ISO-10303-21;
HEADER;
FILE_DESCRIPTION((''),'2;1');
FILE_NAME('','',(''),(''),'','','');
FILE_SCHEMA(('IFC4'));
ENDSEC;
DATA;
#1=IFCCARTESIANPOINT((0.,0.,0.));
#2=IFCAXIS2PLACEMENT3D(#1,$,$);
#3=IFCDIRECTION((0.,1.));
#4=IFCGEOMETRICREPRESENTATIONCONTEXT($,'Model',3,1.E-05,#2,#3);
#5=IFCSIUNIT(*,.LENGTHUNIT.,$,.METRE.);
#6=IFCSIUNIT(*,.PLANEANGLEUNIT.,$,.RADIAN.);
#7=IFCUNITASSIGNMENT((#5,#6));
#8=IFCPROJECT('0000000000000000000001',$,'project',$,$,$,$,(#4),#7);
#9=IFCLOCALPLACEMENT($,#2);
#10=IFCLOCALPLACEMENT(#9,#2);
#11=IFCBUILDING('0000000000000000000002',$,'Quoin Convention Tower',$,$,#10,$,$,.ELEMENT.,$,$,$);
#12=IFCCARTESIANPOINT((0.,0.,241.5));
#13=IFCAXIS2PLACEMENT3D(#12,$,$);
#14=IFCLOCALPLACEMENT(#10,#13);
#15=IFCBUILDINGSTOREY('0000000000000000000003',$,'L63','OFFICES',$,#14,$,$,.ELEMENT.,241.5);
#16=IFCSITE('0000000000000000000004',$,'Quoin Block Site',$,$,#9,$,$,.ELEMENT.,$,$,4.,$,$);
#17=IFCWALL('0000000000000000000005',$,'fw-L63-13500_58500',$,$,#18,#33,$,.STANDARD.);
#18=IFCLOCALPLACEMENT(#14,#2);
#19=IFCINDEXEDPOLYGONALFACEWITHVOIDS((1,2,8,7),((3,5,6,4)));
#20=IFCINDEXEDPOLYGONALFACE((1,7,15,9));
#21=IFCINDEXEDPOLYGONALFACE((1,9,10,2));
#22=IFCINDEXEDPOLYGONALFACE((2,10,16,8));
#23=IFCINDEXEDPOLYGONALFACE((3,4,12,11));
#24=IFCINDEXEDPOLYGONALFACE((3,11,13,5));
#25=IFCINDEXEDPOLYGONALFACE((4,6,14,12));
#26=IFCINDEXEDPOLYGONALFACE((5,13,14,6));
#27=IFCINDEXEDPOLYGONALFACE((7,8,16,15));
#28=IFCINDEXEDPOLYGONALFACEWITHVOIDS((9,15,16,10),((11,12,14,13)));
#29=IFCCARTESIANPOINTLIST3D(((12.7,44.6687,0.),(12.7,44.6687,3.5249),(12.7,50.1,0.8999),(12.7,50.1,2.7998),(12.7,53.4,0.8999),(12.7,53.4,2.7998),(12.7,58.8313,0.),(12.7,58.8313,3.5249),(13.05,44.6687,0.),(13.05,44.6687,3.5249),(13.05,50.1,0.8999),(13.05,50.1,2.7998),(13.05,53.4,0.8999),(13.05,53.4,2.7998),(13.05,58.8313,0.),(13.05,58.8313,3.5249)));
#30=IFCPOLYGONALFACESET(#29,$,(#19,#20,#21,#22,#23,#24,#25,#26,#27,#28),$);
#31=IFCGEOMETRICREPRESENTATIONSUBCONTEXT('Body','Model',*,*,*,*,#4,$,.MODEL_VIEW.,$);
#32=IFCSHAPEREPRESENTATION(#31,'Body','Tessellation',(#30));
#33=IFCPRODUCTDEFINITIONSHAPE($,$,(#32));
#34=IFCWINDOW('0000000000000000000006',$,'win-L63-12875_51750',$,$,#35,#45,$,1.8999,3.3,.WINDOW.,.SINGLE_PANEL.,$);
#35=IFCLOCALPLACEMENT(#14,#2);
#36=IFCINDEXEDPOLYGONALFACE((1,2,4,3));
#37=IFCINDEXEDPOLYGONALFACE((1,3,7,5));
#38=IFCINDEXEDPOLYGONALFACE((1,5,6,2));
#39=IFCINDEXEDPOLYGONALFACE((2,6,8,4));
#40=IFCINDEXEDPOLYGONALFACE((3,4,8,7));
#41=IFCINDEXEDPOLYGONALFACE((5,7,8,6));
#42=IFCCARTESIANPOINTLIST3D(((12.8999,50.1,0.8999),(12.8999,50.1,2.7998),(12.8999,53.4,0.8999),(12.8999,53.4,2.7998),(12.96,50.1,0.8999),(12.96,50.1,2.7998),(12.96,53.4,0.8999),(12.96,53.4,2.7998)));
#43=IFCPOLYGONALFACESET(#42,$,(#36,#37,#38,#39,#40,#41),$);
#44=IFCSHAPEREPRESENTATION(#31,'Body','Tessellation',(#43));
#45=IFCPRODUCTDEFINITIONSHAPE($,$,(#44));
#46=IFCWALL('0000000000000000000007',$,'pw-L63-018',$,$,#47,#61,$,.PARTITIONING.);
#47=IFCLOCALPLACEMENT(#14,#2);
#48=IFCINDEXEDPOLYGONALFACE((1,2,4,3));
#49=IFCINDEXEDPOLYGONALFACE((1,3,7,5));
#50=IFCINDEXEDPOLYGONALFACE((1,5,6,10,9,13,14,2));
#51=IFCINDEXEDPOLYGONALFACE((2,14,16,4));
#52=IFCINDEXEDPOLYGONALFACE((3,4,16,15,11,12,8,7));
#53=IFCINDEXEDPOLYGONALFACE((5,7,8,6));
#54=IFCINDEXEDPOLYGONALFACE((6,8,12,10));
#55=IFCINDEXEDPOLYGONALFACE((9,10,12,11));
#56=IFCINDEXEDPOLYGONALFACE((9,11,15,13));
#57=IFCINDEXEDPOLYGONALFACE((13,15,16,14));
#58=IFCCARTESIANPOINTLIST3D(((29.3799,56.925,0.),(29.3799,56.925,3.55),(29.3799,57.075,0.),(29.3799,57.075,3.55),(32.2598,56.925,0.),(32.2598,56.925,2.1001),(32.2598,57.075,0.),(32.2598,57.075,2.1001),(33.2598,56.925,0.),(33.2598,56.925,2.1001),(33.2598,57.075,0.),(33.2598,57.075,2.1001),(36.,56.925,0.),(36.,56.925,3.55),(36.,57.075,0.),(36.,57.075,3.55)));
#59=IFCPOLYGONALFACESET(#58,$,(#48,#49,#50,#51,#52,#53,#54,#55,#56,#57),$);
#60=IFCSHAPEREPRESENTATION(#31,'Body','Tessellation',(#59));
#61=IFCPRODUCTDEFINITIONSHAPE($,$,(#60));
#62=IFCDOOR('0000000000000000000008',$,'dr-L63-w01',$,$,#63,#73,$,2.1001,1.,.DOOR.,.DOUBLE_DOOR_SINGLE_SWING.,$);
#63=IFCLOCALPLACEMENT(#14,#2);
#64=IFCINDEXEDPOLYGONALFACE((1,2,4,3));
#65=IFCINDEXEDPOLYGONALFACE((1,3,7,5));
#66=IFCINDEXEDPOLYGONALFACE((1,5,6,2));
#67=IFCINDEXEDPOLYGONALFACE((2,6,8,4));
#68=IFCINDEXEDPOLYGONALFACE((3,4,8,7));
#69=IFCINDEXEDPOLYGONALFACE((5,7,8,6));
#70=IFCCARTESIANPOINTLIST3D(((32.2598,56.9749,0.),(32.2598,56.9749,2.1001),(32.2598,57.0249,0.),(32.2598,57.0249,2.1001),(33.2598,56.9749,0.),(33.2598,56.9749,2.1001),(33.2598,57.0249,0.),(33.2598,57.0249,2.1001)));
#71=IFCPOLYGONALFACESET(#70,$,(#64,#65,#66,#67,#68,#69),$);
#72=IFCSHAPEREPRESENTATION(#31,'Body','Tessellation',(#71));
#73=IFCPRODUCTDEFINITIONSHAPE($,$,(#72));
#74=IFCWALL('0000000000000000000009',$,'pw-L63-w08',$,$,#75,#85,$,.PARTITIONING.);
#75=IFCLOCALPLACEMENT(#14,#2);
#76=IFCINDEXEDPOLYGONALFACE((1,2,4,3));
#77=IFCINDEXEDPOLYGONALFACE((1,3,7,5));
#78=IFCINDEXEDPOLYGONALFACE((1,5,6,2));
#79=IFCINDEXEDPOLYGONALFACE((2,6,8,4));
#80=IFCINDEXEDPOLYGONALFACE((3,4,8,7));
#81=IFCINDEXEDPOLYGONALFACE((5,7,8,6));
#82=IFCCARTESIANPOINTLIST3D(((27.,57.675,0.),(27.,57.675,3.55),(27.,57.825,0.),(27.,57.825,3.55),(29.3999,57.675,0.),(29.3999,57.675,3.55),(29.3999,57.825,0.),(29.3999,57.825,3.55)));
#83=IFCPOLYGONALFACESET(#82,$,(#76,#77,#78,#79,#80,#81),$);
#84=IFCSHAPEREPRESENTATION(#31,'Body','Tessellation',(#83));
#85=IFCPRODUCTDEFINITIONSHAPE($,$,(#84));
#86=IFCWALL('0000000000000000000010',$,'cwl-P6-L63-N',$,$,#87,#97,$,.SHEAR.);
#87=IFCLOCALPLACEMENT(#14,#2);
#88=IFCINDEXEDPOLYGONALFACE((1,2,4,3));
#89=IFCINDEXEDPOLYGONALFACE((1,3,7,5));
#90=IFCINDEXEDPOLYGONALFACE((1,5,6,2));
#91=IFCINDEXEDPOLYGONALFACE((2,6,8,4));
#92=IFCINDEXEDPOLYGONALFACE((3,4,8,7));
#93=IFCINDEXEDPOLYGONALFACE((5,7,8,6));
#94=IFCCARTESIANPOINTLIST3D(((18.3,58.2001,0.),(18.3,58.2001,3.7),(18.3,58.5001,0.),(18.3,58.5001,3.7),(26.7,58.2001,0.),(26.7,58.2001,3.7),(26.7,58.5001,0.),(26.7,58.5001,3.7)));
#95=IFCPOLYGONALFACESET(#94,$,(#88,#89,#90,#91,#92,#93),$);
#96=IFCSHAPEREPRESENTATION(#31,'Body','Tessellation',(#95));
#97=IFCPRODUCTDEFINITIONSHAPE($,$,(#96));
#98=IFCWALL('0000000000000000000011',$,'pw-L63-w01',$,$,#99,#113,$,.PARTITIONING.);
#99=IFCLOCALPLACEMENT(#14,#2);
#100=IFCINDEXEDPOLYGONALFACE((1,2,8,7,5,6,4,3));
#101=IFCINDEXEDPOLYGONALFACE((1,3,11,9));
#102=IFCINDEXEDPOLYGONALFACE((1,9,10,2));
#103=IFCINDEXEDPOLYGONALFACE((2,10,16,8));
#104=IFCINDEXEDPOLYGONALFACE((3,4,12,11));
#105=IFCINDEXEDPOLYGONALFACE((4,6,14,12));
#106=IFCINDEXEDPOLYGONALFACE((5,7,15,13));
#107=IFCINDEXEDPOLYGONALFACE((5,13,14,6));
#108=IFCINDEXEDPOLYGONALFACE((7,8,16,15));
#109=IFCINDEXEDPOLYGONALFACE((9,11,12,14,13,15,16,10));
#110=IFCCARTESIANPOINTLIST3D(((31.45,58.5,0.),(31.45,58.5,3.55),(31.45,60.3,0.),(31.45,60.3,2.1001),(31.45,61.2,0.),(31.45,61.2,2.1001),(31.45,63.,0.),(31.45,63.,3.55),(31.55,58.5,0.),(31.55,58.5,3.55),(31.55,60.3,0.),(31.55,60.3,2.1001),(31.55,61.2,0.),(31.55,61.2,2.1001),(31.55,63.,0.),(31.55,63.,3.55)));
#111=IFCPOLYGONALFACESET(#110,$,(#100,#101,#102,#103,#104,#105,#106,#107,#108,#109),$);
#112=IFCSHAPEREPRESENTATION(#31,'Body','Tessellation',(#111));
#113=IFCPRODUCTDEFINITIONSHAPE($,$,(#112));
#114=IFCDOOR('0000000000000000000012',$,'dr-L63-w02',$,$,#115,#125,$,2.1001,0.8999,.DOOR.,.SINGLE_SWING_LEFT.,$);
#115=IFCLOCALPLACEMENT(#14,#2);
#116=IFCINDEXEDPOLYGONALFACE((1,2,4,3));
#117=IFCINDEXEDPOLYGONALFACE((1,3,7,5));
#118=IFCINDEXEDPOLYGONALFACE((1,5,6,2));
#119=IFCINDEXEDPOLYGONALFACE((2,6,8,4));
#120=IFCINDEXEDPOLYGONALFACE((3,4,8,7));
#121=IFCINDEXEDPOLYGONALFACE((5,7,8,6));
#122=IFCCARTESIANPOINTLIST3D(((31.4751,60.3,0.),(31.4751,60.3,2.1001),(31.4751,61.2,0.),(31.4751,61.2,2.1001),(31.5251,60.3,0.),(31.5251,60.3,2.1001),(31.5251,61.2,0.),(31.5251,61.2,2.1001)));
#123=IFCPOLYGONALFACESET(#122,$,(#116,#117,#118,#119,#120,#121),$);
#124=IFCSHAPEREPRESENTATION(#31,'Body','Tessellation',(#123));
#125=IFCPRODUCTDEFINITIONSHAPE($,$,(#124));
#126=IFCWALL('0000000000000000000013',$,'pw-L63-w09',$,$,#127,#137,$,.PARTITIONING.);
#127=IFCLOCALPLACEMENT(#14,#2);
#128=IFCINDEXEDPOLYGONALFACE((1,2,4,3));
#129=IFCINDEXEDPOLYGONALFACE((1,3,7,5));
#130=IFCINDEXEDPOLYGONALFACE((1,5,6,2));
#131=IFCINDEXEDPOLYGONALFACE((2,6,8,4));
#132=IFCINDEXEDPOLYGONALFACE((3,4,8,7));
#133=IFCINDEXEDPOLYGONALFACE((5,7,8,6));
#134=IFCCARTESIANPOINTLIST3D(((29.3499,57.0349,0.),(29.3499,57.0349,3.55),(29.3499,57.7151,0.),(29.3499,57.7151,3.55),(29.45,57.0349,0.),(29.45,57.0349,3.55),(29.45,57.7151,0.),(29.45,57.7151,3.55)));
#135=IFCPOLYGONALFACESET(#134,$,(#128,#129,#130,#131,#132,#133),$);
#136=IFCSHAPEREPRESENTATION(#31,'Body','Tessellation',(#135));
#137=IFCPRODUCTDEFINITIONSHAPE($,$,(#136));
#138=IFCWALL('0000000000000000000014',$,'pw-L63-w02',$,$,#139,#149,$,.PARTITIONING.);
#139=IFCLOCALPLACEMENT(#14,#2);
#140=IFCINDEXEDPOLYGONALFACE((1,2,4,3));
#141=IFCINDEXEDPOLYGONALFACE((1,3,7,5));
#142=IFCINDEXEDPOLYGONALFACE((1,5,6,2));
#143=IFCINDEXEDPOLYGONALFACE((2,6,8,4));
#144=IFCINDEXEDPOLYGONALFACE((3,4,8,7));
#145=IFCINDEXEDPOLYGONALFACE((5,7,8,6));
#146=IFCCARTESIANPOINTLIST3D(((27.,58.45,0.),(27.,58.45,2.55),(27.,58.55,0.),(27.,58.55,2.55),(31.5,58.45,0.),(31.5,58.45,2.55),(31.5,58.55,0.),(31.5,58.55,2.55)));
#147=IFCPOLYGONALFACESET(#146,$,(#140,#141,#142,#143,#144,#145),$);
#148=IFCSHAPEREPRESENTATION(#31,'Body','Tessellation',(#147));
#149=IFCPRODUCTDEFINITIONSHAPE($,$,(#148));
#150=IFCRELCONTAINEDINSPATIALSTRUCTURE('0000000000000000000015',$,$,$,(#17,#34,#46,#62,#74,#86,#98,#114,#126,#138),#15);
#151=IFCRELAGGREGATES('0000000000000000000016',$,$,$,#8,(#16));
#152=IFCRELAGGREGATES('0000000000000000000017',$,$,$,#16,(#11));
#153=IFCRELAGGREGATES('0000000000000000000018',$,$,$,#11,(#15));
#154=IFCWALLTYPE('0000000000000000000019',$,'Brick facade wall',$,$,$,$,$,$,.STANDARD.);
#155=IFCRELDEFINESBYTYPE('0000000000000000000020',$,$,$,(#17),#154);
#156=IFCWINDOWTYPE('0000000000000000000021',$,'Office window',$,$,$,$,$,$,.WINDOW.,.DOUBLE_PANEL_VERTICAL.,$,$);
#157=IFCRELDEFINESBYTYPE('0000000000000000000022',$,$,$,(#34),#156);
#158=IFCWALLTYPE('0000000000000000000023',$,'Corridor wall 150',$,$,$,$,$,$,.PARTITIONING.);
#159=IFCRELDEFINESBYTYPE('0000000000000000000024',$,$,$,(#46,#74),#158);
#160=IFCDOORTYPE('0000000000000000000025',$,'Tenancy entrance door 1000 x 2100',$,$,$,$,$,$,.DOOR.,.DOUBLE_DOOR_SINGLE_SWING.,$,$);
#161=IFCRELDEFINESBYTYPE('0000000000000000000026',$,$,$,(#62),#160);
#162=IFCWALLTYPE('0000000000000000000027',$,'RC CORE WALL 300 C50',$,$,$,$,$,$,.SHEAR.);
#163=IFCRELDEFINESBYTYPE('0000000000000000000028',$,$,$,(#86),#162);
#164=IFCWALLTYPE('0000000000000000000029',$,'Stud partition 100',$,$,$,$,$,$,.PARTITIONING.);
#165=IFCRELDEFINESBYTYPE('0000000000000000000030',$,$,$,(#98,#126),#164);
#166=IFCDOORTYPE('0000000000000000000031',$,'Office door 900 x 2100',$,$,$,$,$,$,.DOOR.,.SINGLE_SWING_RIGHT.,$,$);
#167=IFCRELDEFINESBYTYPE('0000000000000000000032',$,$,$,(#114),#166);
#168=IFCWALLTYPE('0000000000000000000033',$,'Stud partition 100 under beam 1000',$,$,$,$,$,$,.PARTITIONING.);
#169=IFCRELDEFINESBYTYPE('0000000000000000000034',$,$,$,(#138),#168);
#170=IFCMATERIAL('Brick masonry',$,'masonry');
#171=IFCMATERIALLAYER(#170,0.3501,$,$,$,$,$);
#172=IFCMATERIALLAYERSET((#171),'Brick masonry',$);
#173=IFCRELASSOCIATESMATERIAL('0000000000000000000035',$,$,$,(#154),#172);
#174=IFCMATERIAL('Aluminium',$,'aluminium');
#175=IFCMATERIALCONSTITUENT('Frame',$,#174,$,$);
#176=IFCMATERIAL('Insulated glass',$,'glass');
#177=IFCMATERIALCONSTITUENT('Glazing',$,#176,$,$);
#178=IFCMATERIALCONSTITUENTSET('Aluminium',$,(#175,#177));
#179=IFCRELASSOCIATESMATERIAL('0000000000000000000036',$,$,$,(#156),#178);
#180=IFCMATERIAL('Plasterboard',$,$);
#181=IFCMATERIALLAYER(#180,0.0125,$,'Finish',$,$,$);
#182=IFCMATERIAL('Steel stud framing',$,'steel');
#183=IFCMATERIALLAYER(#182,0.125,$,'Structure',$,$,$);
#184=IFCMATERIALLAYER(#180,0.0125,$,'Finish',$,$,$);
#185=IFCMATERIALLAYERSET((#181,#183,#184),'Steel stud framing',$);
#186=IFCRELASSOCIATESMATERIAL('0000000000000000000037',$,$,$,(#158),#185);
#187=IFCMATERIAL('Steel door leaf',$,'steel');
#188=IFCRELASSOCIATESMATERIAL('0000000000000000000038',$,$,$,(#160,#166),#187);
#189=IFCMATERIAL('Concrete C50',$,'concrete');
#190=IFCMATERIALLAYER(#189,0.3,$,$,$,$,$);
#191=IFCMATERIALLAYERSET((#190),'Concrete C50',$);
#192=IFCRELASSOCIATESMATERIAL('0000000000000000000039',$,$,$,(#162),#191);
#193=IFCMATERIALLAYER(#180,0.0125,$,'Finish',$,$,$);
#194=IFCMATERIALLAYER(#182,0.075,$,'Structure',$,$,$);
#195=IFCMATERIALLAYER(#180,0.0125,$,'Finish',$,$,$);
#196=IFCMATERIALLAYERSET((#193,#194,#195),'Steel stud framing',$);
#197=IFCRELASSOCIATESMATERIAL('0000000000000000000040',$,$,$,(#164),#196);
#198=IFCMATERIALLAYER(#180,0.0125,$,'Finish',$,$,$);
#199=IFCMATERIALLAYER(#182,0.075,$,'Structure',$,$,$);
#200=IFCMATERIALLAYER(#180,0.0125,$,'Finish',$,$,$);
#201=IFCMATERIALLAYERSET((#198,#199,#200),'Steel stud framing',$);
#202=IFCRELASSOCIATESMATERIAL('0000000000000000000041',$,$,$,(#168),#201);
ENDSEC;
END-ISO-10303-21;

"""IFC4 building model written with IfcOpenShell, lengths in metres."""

from ifc_helpers import new_model, si_unit, direction, frame, frame_2d, origin, place, context, subcontext, project, spatial, rectangle, extrude, material, layer, layer_set, constituent, constituent_set, type_object, element, fill, save


model = new_model("IFC4")

# Units and contexts
model_context = context("Model", 3, precision=1e-05, world=origin(), true_north=direction((0.0, 1.0)))
body_context = subcontext(model_context, "Body", "Model", "MODEL_VIEW")
ifc_project = project(units=[si_unit("LENGTHUNIT", "METRE"), si_unit("PLANEANGLEUNIT", "RADIAN")], contexts=[model_context])

# Site, building, storey
site_placement = place(None, origin())
site = spatial("IfcSite", under=ifc_project, at=site_placement, Name="Quoin Block Site", CompositionType="ELEMENT", RefElevation=4.0)
building_placement = place(site_placement, origin())
building = spatial("IfcBuilding", under=site, at=building_placement, Name="Quoin Convention Tower", CompositionType="ELEMENT")
storey_placement = place(building_placement, frame((0.0, 0.0, 241.5)))
storey = spatial("IfcBuildingStorey", under=building, at=storey_placement, Name="L63", Description="OFFICES", CompositionType="ELEMENT", Elevation=241.5)

# Shared definitions
ifc_material_1 = material(Name="Concrete C50", Category="concrete")

# Wall, opening, window
ifc_material_2 = material(Name="Brick masonry", Category="masonry")
ifc_layer_1 = layer(ifc_material_2, 0.3501)
ifc_layer_set_1 = layer_set([ifc_layer_1], Name="Brick masonry")
wall_type_1 = type_object("IfcWallType", Name="Brick facade wall", PredefinedType="STANDARD", material=ifc_layer_set_1)
ifc_material_3 = material(Name="Aluminium", Category="aluminium")
ifc_constituent_1 = constituent(ifc_material_3, Name="Frame")
ifc_material_4 = material(Name="Insulated glass", Category="glass")
ifc_constituent_2 = constituent(ifc_material_4, Name="Glazing")
ifc_constituent_set = constituent_set(constituents=[ifc_constituent_1, ifc_constituent_2], Name="Aluminium")
window_type = type_object("IfcWindowType", Name="Office window", PartitioningType="DOUBLE_PANEL_VERTICAL", PredefinedType="WINDOW", material=ifc_constituent_set)
wall_1_placement = place(storey_placement, frame((12.875, 58.8313, 0.0), z_axis=(0.0, 0.0, 1.0), x_axis=(0.0, -1.0, 0.0)))
wall_1 = element("IfcWall", 1, at=wall_1_placement, inside=storey, type_object=wall_type_1, Name="fw-L63-13500_58500", PredefinedType="STANDARD", context=body_context, shape_type="SweptSolid", body=[
    extrude(rectangle(XDim=14.1626, YDim=0.3501, at=frame_2d((7.0813, 0.0))), origin(), (0.0, 0.0, 1.0), 3.5249),
])
opening_1_placement = place(wall_1_placement, frame((5.4314, 0.0, 0.8999)))
opening_1 = element("IfcOpeningElement", 2, at=opening_1_placement, cuts=wall_1, PredefinedType="OPENING", context=body_context, shape_type="SweptSolid", body=[
    extrude(rectangle(XDim=3.3, YDim=1.8999, at=frame_2d((1.6499, 0.95))), frame((0.0, 0.1851, 0.0), z_axis=(0.0, -1.0, 0.0), x_axis=(1.0, 0.0, 0.0)), (0.0, 0.0, 1.0), 0.3701),
])
window_1_placement = place(opening_1_placement, origin())
window_1 = element("IfcWindow", 3, at=window_1_placement, inside=storey, type_object=window_type, Name="win-L63-12875_51750", OverallHeight=1.8999, OverallWidth=3.3, PartitioningType="SINGLE_PANEL", PredefinedType="WINDOW", context=body_context, shape_type="SweptSolid", body=[
    extrude(rectangle(XDim=3.3, YDim=1.8999, at=frame_2d((1.6499, 0.95))), frame((0.0, 0.085, 0.0), z_axis=(0.0, -1.0, 0.0), x_axis=(1.0, 0.0, 0.0)), (0.0, 0.0, 1.0), 0.0601),
])
fill(opening_1, window_1)

# Wall, opening, door
ifc_material_5 = material(Name="Plasterboard")
ifc_layer_2 = layer(ifc_material_5, 0.0125, Name="Finish")
ifc_material_6 = material(Name="Steel stud framing", Category="steel")
ifc_layer_3 = layer(ifc_material_6, 0.125, Name="Structure")
ifc_layer_4 = layer(ifc_material_5, 0.0125, Name="Finish")
ifc_layer_set_2 = layer_set([ifc_layer_2, ifc_layer_3, ifc_layer_4], Name="Steel stud framing")
wall_type_2 = type_object("IfcWallType", Name="Corridor wall 150", PredefinedType="PARTITIONING", material=ifc_layer_set_2)
wall_2_placement = place(storey_placement, frame((29.3799, 57.0, 0.0), z_axis=(0.0, 0.0, 1.0), x_axis=(1.0, 0.0, 0.0)))
wall_2 = element("IfcWall", 4, at=wall_2_placement, inside=storey, type_object=wall_type_2, Name="pw-L63-018", PredefinedType="PARTITIONING", context=body_context, shape_type="SweptSolid", body=[
    extrude(rectangle(XDim=6.6201, YDim=0.1499, at=frame_2d((3.3101, 0.0))), origin(), (0.0, 0.0, 1.0), 3.55),
])
opening_2_placement = place(wall_2_placement, frame((2.8799, 0.0, 0.0)))
opening_2 = element("IfcOpeningElement", 5, at=opening_2_placement, cuts=wall_2, PredefinedType="OPENING", context=body_context, shape_type="SweptSolid", body=[
    extrude(rectangle(XDim=1.0, YDim=2.1001, at=frame_2d((0.5, 1.05))), frame((0.0, 0.085, 0.0), z_axis=(0.0, -1.0, 0.0), x_axis=(1.0, 0.0, 0.0)), (0.0, 0.0, 1.0), 0.1699),
])
ifc_material_7 = material(Name="Steel door leaf", Category="steel")
door_type_1 = type_object("IfcDoorType", Name="Tenancy entrance door 1000 x 2100", OperationType="DOUBLE_DOOR_SINGLE_SWING", PredefinedType="DOOR", material=ifc_material_7)
door_1_placement = place(opening_2_placement, origin())
door_1 = element("IfcDoor", 6, at=door_1_placement, inside=storey, type_object=door_type_1, Name="dr-L63-w01", OperationType="DOUBLE_DOOR_SINGLE_SWING", OverallHeight=2.1001, OverallWidth=1.0, PredefinedType="DOOR", context=body_context, shape_type="SweptSolid", body=[
    extrude(rectangle(XDim=1.0, YDim=2.1001, at=frame_2d((0.5, 1.05))), frame((0.0, 0.0249, 0.0), z_axis=(0.0, -1.0, 0.0), x_axis=(1.0, 0.0, 0.0)), (0.0, 0.0, 1.0), 0.05),
])
fill(opening_2, door_1)

# Walls
wall_3_placement = place(storey_placement, frame((27.0, 57.75, 0.0), z_axis=(0.0, 0.0, 1.0), x_axis=(1.0, 0.0, 0.0)))
element("IfcWall", 7, at=wall_3_placement, inside=storey, type_object=wall_type_2, Name="pw-L63-w08", PredefinedType="PARTITIONING", context=body_context, shape_type="SweptSolid", body=[
    extrude(rectangle(XDim=2.3999, YDim=0.1499, at=frame_2d((1.2, 0.0))), origin(), (0.0, 0.0, 1.0), 3.55),
])
ifc_layer_5 = layer(ifc_material_1, 0.3)
ifc_layer_set_3 = layer_set([ifc_layer_5], Name="Concrete C50")
wall_type_3 = type_object("IfcWallType", Name="RC CORE WALL 300 C50", PredefinedType="SHEAR", material=ifc_layer_set_3)
wall_4_placement = place(storey_placement, frame((18.3, 58.3501, 0.0), z_axis=(0.0, 0.0, 1.0), x_axis=(1.0, 0.0, 0.0)))
element("IfcWall", 8, at=wall_4_placement, inside=storey, type_object=wall_type_3, Name="cwl-P6-L63-N", PredefinedType="SHEAR", context=body_context, shape_type="SweptSolid", body=[
    extrude(rectangle(XDim=8.3999, YDim=0.3, at=frame_2d((4.2, 0.0))), origin(), (0.0, 0.0, 1.0), 3.7),
])

# Wall, opening, door
ifc_layer_6 = layer(ifc_material_5, 0.0125, Name="Finish")
ifc_layer_7 = layer(ifc_material_6, 0.075, Name="Structure")
ifc_layer_8 = layer(ifc_material_5, 0.0125, Name="Finish")
ifc_layer_set_4 = layer_set([ifc_layer_6, ifc_layer_7, ifc_layer_8], Name="Steel stud framing")
wall_type_4 = type_object("IfcWallType", Name="Stud partition 100", PredefinedType="PARTITIONING", material=ifc_layer_set_4)
wall_5_placement = place(storey_placement, frame((31.5, 63.0, 0.0), z_axis=(0.0, 0.0, 1.0), x_axis=(0.0, -1.0, 0.0)))
wall_5 = element("IfcWall", 9, at=wall_5_placement, inside=storey, type_object=wall_type_4, Name="pw-L63-w01", PredefinedType="PARTITIONING", context=body_context, shape_type="SweptSolid", body=[
    extrude(rectangle(XDim=4.5, YDim=0.1001, at=frame_2d((2.25, 0.0))), origin(), (0.0, 0.0, 1.0), 3.55),
])
opening_3_placement = place(wall_5_placement, frame((1.8, 0.0, 0.0)))
opening_3 = element("IfcOpeningElement", 10, at=opening_3_placement, cuts=wall_5, PredefinedType="OPENING", context=body_context, shape_type="SweptSolid", body=[
    extrude(rectangle(XDim=0.8999, YDim=2.1001, at=frame_2d((0.45, 1.05))), frame((0.0, 0.0601, 0.0), z_axis=(0.0, -1.0, 0.0), x_axis=(1.0, 0.0, 0.0)), (0.0, 0.0, 1.0), 0.1201),
])
door_type_2 = type_object("IfcDoorType", Name="Office door 900 x 2100", OperationType="SINGLE_SWING_RIGHT", PredefinedType="DOOR", material=ifc_material_7)
door_2_placement = place(opening_3_placement, frame((0.8999, 0.0, 0.0), z_axis=(0.0, 0.0, 1.0), x_axis=(-1.0, 0.0, 0.0)))
door_2 = element("IfcDoor", 11, at=door_2_placement, inside=storey, type_object=door_type_2, Name="dr-L63-w02", OperationType="SINGLE_SWING_LEFT", OverallHeight=2.1001, OverallWidth=0.8999, PredefinedType="DOOR", context=body_context, shape_type="SweptSolid", body=[
    extrude(rectangle(XDim=0.8999, YDim=2.1001, at=frame_2d((0.45, 1.05))), frame((0.0, 0.0249, 0.0), z_axis=(0.0, -1.0, 0.0), x_axis=(1.0, 0.0, 0.0)), (0.0, 0.0, 1.0), 0.05),
])
fill(opening_3, door_2)

# Walls
wall_6_placement = place(storey_placement, frame((29.3999, 57.7151, 0.0), z_axis=(0.0, 0.0, 1.0), x_axis=(0.0, -1.0, 0.0)))
element("IfcWall", 12, at=wall_6_placement, inside=storey, type_object=wall_type_4, Name="pw-L63-w09", PredefinedType="PARTITIONING", context=body_context, shape_type="SweptSolid", body=[
    extrude(rectangle(XDim=0.6802, YDim=0.1001, at=frame_2d((0.3401, 0.0))), origin(), (0.0, 0.0, 1.0), 3.55),
])
ifc_layer_9 = layer(ifc_material_5, 0.0125, Name="Finish")
ifc_layer_10 = layer(ifc_material_6, 0.075, Name="Structure")
ifc_layer_11 = layer(ifc_material_5, 0.0125, Name="Finish")
ifc_layer_set_5 = layer_set([ifc_layer_9, ifc_layer_10, ifc_layer_11], Name="Steel stud framing")
wall_type_5 = type_object("IfcWallType", Name="Stud partition 100 under beam 1000", PredefinedType="PARTITIONING", material=ifc_layer_set_5)
wall_7_placement = place(storey_placement, frame((31.5, 58.5, 0.0), z_axis=(0.0, 0.0, 1.0), x_axis=(-1.0, 0.0, 0.0)))
element("IfcWall", 13, at=wall_7_placement, inside=storey, type_object=wall_type_5, Name="pw-L63-w02", PredefinedType="PARTITIONING", context=body_context, shape_type="SweptSolid", body=[
    extrude(rectangle(XDim=4.5, YDim=0.1001, at=frame_2d((2.25, 0.0))), origin(), (0.0, 0.0, 1.0), 2.55),
])

save(model, "model.ifc")
